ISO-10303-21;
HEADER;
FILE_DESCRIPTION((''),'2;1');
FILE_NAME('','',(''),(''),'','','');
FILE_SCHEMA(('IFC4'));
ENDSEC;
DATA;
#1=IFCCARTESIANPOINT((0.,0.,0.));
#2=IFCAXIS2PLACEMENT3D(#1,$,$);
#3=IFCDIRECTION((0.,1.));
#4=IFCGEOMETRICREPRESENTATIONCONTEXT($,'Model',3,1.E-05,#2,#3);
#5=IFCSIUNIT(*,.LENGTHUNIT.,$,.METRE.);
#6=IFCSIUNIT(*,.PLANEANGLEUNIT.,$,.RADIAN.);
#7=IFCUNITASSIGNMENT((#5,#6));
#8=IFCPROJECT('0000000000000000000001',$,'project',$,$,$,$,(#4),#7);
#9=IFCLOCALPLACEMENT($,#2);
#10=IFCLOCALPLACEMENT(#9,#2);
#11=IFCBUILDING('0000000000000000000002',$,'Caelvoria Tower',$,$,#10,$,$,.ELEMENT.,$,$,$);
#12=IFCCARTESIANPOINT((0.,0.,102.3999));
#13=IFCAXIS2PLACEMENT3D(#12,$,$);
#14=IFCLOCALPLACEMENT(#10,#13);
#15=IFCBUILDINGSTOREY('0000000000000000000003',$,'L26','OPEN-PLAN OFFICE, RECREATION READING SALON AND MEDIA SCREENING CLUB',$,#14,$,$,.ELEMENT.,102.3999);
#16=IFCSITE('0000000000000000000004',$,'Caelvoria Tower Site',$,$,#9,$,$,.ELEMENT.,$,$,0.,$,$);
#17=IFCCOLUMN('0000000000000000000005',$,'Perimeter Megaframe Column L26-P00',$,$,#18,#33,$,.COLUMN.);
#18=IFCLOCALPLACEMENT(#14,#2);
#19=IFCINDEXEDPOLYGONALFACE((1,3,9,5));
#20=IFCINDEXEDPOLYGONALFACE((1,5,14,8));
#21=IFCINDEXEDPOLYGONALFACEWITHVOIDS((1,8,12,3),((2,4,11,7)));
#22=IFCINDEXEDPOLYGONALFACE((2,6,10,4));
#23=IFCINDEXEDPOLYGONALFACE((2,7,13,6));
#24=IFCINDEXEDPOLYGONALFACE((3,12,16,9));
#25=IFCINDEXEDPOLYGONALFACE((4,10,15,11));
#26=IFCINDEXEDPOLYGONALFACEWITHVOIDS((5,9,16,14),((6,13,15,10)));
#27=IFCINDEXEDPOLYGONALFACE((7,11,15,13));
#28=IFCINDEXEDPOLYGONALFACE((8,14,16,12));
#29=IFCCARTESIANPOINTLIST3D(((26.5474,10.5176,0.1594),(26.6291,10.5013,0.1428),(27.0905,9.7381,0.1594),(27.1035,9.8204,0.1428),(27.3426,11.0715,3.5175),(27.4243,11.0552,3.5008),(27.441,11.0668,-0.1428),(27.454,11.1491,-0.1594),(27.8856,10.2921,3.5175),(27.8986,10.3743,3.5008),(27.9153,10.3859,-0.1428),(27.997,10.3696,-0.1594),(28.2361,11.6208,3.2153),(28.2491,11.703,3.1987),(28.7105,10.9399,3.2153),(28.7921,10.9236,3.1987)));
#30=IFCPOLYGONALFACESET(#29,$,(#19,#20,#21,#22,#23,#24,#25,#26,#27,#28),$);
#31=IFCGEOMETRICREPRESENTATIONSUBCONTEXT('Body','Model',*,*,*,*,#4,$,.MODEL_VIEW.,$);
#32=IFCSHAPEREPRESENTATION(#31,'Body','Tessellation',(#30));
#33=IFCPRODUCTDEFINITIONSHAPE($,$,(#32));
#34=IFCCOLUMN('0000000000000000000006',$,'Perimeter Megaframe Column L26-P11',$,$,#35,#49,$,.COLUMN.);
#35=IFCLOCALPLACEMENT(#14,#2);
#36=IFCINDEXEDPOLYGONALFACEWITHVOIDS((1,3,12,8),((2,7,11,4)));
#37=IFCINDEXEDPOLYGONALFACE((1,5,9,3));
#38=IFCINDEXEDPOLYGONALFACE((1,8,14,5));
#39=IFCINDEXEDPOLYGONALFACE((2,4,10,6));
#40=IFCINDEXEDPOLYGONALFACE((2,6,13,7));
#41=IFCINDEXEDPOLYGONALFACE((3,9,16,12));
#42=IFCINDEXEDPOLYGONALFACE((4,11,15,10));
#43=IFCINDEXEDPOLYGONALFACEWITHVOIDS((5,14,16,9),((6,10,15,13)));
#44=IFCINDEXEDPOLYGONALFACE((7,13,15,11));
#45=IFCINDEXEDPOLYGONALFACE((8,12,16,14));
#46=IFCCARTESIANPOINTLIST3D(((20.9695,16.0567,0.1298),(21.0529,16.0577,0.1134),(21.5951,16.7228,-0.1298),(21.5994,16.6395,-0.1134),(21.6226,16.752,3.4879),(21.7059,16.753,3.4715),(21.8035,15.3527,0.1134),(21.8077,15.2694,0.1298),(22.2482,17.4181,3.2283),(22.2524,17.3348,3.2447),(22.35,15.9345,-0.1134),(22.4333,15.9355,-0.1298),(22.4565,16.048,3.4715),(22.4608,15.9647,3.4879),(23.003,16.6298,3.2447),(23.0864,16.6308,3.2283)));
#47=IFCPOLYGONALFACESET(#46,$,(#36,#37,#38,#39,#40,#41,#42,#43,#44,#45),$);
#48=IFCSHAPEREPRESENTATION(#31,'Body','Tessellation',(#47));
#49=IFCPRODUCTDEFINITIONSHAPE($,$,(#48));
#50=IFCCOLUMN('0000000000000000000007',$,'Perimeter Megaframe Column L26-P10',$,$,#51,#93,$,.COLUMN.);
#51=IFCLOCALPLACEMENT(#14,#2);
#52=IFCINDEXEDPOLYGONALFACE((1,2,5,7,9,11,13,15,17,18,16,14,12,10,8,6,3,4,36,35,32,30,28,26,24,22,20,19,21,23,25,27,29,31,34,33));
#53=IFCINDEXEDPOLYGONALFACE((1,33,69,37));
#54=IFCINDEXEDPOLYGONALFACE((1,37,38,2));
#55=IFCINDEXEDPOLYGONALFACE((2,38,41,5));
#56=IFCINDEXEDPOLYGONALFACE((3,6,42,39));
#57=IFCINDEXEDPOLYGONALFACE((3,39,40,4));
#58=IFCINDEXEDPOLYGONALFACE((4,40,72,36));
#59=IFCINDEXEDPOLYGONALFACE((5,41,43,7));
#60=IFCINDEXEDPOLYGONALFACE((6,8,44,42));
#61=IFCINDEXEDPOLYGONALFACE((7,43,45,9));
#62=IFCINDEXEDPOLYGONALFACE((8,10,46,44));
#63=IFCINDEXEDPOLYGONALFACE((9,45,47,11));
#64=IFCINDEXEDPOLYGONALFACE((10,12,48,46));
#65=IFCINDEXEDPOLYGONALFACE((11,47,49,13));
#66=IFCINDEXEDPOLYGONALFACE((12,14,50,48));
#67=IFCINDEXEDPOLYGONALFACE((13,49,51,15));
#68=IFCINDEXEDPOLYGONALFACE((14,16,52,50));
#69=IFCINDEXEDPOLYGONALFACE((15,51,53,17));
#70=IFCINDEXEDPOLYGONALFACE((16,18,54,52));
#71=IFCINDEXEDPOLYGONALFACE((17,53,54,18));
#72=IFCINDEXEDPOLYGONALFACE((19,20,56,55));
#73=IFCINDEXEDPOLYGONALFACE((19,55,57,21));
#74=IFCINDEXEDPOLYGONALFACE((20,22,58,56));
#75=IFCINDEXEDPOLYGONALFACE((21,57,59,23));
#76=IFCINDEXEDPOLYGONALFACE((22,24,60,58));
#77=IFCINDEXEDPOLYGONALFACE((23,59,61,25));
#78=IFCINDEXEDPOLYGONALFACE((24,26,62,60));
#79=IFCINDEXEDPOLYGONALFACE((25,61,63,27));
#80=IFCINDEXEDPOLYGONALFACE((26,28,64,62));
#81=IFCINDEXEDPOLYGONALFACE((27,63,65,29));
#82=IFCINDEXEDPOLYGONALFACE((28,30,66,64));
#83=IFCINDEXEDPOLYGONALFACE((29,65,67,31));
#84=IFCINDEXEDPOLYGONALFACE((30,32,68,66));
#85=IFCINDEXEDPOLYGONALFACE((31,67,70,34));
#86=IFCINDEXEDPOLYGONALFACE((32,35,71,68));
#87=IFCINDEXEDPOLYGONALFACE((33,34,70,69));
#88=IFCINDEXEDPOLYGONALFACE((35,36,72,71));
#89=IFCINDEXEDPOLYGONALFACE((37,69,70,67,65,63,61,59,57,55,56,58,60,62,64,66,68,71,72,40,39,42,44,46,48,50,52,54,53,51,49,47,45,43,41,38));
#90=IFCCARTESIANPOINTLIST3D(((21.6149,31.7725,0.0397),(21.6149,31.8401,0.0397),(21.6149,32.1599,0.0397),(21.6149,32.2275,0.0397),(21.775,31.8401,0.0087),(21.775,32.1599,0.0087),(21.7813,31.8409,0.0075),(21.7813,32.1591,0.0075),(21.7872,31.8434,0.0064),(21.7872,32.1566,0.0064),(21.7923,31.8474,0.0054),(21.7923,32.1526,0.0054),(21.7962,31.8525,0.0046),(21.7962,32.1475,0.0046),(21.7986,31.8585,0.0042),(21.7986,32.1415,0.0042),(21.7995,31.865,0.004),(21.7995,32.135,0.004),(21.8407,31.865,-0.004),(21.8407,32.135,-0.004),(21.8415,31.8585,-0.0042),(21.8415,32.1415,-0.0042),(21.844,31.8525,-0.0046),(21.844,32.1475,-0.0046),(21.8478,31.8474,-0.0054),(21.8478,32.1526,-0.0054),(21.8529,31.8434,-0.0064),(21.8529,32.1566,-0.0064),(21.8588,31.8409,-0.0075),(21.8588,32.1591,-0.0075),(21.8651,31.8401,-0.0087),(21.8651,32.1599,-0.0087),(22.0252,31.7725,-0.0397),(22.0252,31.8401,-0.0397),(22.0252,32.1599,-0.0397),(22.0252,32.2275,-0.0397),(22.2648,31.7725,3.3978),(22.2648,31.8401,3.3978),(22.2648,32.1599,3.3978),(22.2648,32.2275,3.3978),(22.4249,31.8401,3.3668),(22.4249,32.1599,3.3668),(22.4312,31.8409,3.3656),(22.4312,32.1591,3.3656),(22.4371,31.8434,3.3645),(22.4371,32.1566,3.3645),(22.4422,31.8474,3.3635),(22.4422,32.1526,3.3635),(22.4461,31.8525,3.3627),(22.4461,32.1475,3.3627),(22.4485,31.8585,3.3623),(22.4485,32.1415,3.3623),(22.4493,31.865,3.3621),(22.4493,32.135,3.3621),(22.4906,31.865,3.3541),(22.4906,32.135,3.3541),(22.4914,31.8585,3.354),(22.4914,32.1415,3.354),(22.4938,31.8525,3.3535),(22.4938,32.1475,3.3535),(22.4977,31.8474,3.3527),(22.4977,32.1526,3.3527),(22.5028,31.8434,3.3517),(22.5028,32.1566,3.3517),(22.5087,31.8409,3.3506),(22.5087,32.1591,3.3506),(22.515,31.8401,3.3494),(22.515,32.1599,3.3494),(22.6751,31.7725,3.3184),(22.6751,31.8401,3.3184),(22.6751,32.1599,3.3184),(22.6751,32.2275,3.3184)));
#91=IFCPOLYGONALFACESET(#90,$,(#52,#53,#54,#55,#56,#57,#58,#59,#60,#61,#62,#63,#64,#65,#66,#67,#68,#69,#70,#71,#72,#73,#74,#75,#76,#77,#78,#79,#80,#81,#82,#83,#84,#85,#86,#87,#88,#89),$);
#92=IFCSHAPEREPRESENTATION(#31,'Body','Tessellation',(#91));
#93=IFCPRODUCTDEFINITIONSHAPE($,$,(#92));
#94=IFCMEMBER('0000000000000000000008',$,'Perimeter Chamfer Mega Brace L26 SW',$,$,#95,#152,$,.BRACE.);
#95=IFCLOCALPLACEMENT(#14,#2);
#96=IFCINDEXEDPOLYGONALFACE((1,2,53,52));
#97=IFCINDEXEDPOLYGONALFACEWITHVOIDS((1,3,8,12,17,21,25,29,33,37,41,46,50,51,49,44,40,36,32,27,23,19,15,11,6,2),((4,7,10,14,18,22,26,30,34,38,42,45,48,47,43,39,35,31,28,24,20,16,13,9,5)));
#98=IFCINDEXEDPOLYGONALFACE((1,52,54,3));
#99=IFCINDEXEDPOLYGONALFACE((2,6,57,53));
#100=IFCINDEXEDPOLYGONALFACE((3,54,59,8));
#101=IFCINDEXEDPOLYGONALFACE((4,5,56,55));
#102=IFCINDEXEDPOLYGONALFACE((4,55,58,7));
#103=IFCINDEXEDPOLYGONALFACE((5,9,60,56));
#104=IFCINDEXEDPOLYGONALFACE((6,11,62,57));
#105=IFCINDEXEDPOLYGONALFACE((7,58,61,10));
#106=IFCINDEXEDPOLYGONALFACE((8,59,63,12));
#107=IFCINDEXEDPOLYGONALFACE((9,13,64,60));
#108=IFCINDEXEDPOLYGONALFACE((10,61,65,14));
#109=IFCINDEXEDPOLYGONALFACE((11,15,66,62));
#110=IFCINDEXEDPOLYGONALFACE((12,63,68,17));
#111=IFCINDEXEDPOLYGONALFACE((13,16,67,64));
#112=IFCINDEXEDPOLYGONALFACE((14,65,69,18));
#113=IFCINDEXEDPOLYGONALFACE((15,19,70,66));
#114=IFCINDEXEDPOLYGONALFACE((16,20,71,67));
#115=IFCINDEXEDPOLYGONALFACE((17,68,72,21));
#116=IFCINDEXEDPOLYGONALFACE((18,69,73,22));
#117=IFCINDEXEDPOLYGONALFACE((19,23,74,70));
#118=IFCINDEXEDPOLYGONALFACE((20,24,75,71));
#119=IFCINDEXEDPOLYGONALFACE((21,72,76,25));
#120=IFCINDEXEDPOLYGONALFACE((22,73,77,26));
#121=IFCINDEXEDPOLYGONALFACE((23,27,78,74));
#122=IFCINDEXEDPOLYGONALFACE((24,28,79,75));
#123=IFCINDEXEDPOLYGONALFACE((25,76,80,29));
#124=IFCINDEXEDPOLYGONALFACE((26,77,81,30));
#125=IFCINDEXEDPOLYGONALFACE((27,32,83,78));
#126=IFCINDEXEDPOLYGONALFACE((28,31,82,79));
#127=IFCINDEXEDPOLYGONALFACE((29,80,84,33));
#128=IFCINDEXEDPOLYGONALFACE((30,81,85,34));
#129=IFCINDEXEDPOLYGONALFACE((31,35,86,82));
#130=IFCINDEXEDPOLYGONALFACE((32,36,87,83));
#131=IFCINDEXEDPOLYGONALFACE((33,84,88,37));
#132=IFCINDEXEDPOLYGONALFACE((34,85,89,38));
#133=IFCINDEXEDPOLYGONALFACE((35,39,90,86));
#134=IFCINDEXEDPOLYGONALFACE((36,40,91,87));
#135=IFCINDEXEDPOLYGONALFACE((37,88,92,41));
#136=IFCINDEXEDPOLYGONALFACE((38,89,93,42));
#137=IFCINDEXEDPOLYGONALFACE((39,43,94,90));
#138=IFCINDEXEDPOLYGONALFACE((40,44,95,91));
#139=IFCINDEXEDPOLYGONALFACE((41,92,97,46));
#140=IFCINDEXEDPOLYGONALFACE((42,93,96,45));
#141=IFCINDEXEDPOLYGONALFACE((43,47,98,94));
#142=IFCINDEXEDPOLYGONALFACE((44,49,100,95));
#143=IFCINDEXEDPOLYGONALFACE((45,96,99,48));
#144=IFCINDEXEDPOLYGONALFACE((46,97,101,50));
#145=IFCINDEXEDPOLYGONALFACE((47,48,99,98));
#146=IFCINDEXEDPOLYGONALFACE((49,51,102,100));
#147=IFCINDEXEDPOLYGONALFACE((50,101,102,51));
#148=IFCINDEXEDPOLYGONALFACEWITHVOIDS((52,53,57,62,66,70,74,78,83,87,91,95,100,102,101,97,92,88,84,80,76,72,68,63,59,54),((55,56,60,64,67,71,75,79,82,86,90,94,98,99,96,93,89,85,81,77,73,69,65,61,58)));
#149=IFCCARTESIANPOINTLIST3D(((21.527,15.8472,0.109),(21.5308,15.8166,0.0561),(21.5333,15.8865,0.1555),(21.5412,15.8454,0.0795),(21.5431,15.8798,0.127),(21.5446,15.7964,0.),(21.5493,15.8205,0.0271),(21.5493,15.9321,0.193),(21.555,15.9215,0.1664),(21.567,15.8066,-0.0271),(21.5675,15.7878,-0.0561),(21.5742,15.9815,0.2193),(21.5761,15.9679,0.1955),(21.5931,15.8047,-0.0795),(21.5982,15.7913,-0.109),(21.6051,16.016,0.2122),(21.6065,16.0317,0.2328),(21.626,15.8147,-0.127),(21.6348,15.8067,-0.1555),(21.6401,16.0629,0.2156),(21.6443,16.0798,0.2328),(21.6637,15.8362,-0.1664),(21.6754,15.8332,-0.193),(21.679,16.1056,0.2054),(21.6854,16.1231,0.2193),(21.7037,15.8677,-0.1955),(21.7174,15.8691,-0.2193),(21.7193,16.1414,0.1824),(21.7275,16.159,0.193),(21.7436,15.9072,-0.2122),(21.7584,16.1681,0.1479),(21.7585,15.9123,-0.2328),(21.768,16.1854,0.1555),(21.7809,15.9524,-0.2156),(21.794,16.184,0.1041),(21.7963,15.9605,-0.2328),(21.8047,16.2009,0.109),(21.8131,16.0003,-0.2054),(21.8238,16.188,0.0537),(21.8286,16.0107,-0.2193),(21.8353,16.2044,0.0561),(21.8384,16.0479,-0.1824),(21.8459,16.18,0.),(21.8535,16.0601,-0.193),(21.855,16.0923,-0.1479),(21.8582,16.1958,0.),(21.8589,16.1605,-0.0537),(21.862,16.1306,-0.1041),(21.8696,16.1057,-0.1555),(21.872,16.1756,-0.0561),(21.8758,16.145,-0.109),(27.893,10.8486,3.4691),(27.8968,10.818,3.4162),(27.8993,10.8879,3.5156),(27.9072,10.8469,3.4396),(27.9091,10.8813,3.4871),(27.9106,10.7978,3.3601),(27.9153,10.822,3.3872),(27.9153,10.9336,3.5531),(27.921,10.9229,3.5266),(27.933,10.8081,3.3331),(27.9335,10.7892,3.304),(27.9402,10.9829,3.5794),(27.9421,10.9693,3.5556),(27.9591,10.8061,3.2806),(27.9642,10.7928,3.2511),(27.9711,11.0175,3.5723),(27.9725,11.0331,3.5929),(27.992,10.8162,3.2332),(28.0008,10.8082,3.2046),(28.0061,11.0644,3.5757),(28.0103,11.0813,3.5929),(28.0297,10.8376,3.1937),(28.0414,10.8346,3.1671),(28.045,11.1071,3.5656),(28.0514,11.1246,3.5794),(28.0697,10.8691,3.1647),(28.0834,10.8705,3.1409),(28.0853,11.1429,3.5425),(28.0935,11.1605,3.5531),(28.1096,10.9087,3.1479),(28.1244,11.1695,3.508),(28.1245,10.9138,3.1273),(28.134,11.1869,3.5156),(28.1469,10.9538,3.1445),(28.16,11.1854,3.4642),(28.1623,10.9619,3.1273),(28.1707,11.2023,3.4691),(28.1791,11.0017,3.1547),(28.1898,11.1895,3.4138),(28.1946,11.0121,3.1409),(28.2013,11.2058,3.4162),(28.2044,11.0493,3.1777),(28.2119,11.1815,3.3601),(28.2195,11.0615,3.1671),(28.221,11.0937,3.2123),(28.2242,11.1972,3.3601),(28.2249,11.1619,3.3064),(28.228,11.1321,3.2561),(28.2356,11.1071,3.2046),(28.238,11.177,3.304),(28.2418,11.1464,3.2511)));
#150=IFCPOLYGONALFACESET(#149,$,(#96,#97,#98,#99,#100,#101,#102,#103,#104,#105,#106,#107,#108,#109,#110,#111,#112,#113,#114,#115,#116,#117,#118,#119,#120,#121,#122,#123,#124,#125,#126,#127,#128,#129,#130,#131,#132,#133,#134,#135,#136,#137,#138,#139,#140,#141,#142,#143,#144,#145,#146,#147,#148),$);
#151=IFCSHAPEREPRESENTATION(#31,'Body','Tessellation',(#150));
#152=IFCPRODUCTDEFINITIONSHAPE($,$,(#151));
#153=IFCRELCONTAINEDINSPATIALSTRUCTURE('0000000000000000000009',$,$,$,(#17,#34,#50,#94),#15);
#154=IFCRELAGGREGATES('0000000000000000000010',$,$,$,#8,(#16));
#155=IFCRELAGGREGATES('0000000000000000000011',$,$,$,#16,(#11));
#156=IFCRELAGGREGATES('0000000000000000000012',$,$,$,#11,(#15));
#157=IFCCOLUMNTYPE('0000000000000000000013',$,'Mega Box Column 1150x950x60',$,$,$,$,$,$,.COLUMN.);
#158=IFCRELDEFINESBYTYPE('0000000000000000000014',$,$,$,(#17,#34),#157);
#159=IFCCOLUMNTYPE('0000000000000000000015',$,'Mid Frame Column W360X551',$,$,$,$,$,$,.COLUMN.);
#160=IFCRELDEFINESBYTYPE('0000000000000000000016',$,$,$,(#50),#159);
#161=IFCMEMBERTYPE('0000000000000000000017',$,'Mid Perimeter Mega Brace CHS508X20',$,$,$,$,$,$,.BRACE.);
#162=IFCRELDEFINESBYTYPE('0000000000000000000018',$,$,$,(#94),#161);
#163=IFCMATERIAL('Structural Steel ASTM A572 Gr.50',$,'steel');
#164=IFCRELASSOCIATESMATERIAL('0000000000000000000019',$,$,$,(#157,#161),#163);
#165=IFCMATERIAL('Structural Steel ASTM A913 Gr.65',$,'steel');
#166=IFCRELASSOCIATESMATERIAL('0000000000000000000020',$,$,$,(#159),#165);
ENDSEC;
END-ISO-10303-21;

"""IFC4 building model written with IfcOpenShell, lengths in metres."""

from ifc_helpers import new_model, si_unit, direction, frame, origin, origin_2d, place, context, subcontext, project, spatial, hollow_rectangle, hollow_circle, i_section, extrude, material, material_profile, profile_set, type_object, element, save


model = new_model("IFC4")

# Units and contexts
model_context = context("Model", 3, precision=1e-05, world=origin(), true_north=direction((0.0, 1.0)))
body_context = subcontext(model_context, "Body", "Model", "MODEL_VIEW")
ifc_project = project(units=[si_unit("LENGTHUNIT", "METRE"), si_unit("PLANEANGLEUNIT", "RADIAN")], contexts=[model_context])

# Site, building, storey
site_placement = place(None, origin())
site = spatial("IfcSite", under=ifc_project, at=site_placement, Name="Caelvoria Tower Site", CompositionType="ELEMENT", RefElevation=0.0)
building_placement = place(site_placement, origin())
building = spatial("IfcBuilding", under=site, at=building_placement, Name="Caelvoria Tower", CompositionType="ELEMENT")
storey_placement = place(building_placement, frame((0.0, 0.0, 102.3999)))
storey = spatial("IfcBuildingStorey", under=building, at=storey_placement, Name="L26", Description="OPEN-PLAN OFFICE, RECREATION READING SALON AND MEDIA SCREENING CLUB", CompositionType="ELEMENT", Elevation=102.3999)

# Columns
ifc_material_1 = material(Name="Structural Steel ASTM A572 Gr.50", Category="steel")
ifc_material_profile_1 = material_profile(ifc_material_1, hollow_rectangle(XDim=0.95, YDim=1.1499, WallThickness=0.0601, at=origin_2d()), Name="Structural Steel ASTM A572 Gr.50")
ifc_profile_set_1 = profile_set([ifc_material_profile_1], Name="BOX1150X950X60 - Structural Steel ASTM A572 Gr.50")
column_type_1 = type_object("IfcColumnType", Name="Mega Box Column 1150x950x60", PredefinedType="COLUMN", material=ifc_profile_set_1)
column_1_placement = place(storey_placement, frame((27.2722, 10.4436, 0.0), z_axis=(0.227503, 0.158491, 0.960793), x_axis=(-0.571618, 0.82052, 0.0)))
element("IfcColumn", 1, at=column_1_placement, inside=storey, type_object=column_type_1, Name="Perimeter Megaframe Column L26-P00", PredefinedType="COLUMN", context=body_context, shape_type="SweptSolid", body=[
    extrude(hollow_rectangle(XDim=0.95, YDim=1.1499, WallThickness=0.0601, at=origin_2d()), origin(), (0.0, 0.0, 1.0), 3.4951),
])
column_2_placement = place(storey_placement, frame((21.7014, 15.9961, 0.0), z_axis=(0.187074, 0.199172, 0.961943), x_axis=(-0.658567, -0.701159, 0.273251)))
element("IfcColumn", 2, at=column_2_placement, inside=storey, type_object=column_type_1, Name="Perimeter Megaframe Column L26-P11", PredefinedType="COLUMN", context=body_context, shape_type="SweptSolid", body=[
    extrude(hollow_rectangle(XDim=0.95, YDim=1.1499, WallThickness=0.0601, at=origin_2d()), origin(), (0.0, 0.0, 1.0), 3.491),
])
ifc_material_2 = material(Name="Structural Steel ASTM A913 Gr.65", Category="steel")
ifc_material_profile_2 = material_profile(ifc_material_2, i_section(OverallWidth=0.418, OverallDepth=0.4551, WebThickness=0.042, FlangeThickness=0.0676, FilletRadius=0.0249, at=origin_2d()), Name="Structural Steel ASTM A913 Gr.65")
ifc_profile_set_2 = profile_set([ifc_material_profile_2], Name="W360X551 - Structural Steel ASTM A913 Gr.65")
column_type_2 = type_object("IfcColumnType", Name="Mid Frame Column W360X551", PredefinedType="COLUMN", material=ifc_profile_set_2)
column_3_placement = place(storey_placement, frame((21.8201, 32.0, 0.0), z_axis=(0.190004, 0.0, 0.981783), x_axis=(-0.981783, 0.0, 0.190004)))
element("IfcColumn", 3, at=column_3_placement, inside=storey, type_object=column_type_2, Name="Perimeter Megaframe Column L26-P10", PredefinedType="COLUMN", context=body_context, shape_type="SweptSolid", body=[
    extrude(i_section(OverallWidth=0.418, OverallDepth=0.4551, WebThickness=0.042, FlangeThickness=0.0676, FilletRadius=0.0249, at=origin_2d()), origin(), (0.0, 0.0, 1.0), 3.4204),
])

# Member
ifc_material_profile_3 = material_profile(ifc_material_1, hollow_circle(Radius=0.2539, WallThickness=0.02, at=origin_2d()), Name="Structural Steel ASTM A572 Gr.50")
ifc_profile_set_3 = profile_set([ifc_material_profile_3], Name="CHS508X20 - Structural Steel ASTM A572 Gr.50")
member_type = type_object("IfcMemberType", Name="Mid Perimeter Mega Brace CHS508X20", PredefinedType="BRACE", material=ifc_profile_set_3)
member_placement = place(storey_placement, frame((21.7014, 15.9961, 0.0), z_axis=(0.726408, -0.570373, 0.383415), x_axis=(0.61757, 0.786516, 0.0)))
element("IfcMember", 4, at=member_placement, inside=storey, type_object=member_type, Name="Perimeter Chamfer Mega Brace L26 SW", PredefinedType="BRACE", context=body_context, shape_type="SweptSolid", body=[
    extrude(hollow_circle(Radius=0.2539, WallThickness=0.02, at=origin_2d()), origin(), (0.0, 0.0, 1.0), 8.7637),
])

save(model, "model.ifc")
